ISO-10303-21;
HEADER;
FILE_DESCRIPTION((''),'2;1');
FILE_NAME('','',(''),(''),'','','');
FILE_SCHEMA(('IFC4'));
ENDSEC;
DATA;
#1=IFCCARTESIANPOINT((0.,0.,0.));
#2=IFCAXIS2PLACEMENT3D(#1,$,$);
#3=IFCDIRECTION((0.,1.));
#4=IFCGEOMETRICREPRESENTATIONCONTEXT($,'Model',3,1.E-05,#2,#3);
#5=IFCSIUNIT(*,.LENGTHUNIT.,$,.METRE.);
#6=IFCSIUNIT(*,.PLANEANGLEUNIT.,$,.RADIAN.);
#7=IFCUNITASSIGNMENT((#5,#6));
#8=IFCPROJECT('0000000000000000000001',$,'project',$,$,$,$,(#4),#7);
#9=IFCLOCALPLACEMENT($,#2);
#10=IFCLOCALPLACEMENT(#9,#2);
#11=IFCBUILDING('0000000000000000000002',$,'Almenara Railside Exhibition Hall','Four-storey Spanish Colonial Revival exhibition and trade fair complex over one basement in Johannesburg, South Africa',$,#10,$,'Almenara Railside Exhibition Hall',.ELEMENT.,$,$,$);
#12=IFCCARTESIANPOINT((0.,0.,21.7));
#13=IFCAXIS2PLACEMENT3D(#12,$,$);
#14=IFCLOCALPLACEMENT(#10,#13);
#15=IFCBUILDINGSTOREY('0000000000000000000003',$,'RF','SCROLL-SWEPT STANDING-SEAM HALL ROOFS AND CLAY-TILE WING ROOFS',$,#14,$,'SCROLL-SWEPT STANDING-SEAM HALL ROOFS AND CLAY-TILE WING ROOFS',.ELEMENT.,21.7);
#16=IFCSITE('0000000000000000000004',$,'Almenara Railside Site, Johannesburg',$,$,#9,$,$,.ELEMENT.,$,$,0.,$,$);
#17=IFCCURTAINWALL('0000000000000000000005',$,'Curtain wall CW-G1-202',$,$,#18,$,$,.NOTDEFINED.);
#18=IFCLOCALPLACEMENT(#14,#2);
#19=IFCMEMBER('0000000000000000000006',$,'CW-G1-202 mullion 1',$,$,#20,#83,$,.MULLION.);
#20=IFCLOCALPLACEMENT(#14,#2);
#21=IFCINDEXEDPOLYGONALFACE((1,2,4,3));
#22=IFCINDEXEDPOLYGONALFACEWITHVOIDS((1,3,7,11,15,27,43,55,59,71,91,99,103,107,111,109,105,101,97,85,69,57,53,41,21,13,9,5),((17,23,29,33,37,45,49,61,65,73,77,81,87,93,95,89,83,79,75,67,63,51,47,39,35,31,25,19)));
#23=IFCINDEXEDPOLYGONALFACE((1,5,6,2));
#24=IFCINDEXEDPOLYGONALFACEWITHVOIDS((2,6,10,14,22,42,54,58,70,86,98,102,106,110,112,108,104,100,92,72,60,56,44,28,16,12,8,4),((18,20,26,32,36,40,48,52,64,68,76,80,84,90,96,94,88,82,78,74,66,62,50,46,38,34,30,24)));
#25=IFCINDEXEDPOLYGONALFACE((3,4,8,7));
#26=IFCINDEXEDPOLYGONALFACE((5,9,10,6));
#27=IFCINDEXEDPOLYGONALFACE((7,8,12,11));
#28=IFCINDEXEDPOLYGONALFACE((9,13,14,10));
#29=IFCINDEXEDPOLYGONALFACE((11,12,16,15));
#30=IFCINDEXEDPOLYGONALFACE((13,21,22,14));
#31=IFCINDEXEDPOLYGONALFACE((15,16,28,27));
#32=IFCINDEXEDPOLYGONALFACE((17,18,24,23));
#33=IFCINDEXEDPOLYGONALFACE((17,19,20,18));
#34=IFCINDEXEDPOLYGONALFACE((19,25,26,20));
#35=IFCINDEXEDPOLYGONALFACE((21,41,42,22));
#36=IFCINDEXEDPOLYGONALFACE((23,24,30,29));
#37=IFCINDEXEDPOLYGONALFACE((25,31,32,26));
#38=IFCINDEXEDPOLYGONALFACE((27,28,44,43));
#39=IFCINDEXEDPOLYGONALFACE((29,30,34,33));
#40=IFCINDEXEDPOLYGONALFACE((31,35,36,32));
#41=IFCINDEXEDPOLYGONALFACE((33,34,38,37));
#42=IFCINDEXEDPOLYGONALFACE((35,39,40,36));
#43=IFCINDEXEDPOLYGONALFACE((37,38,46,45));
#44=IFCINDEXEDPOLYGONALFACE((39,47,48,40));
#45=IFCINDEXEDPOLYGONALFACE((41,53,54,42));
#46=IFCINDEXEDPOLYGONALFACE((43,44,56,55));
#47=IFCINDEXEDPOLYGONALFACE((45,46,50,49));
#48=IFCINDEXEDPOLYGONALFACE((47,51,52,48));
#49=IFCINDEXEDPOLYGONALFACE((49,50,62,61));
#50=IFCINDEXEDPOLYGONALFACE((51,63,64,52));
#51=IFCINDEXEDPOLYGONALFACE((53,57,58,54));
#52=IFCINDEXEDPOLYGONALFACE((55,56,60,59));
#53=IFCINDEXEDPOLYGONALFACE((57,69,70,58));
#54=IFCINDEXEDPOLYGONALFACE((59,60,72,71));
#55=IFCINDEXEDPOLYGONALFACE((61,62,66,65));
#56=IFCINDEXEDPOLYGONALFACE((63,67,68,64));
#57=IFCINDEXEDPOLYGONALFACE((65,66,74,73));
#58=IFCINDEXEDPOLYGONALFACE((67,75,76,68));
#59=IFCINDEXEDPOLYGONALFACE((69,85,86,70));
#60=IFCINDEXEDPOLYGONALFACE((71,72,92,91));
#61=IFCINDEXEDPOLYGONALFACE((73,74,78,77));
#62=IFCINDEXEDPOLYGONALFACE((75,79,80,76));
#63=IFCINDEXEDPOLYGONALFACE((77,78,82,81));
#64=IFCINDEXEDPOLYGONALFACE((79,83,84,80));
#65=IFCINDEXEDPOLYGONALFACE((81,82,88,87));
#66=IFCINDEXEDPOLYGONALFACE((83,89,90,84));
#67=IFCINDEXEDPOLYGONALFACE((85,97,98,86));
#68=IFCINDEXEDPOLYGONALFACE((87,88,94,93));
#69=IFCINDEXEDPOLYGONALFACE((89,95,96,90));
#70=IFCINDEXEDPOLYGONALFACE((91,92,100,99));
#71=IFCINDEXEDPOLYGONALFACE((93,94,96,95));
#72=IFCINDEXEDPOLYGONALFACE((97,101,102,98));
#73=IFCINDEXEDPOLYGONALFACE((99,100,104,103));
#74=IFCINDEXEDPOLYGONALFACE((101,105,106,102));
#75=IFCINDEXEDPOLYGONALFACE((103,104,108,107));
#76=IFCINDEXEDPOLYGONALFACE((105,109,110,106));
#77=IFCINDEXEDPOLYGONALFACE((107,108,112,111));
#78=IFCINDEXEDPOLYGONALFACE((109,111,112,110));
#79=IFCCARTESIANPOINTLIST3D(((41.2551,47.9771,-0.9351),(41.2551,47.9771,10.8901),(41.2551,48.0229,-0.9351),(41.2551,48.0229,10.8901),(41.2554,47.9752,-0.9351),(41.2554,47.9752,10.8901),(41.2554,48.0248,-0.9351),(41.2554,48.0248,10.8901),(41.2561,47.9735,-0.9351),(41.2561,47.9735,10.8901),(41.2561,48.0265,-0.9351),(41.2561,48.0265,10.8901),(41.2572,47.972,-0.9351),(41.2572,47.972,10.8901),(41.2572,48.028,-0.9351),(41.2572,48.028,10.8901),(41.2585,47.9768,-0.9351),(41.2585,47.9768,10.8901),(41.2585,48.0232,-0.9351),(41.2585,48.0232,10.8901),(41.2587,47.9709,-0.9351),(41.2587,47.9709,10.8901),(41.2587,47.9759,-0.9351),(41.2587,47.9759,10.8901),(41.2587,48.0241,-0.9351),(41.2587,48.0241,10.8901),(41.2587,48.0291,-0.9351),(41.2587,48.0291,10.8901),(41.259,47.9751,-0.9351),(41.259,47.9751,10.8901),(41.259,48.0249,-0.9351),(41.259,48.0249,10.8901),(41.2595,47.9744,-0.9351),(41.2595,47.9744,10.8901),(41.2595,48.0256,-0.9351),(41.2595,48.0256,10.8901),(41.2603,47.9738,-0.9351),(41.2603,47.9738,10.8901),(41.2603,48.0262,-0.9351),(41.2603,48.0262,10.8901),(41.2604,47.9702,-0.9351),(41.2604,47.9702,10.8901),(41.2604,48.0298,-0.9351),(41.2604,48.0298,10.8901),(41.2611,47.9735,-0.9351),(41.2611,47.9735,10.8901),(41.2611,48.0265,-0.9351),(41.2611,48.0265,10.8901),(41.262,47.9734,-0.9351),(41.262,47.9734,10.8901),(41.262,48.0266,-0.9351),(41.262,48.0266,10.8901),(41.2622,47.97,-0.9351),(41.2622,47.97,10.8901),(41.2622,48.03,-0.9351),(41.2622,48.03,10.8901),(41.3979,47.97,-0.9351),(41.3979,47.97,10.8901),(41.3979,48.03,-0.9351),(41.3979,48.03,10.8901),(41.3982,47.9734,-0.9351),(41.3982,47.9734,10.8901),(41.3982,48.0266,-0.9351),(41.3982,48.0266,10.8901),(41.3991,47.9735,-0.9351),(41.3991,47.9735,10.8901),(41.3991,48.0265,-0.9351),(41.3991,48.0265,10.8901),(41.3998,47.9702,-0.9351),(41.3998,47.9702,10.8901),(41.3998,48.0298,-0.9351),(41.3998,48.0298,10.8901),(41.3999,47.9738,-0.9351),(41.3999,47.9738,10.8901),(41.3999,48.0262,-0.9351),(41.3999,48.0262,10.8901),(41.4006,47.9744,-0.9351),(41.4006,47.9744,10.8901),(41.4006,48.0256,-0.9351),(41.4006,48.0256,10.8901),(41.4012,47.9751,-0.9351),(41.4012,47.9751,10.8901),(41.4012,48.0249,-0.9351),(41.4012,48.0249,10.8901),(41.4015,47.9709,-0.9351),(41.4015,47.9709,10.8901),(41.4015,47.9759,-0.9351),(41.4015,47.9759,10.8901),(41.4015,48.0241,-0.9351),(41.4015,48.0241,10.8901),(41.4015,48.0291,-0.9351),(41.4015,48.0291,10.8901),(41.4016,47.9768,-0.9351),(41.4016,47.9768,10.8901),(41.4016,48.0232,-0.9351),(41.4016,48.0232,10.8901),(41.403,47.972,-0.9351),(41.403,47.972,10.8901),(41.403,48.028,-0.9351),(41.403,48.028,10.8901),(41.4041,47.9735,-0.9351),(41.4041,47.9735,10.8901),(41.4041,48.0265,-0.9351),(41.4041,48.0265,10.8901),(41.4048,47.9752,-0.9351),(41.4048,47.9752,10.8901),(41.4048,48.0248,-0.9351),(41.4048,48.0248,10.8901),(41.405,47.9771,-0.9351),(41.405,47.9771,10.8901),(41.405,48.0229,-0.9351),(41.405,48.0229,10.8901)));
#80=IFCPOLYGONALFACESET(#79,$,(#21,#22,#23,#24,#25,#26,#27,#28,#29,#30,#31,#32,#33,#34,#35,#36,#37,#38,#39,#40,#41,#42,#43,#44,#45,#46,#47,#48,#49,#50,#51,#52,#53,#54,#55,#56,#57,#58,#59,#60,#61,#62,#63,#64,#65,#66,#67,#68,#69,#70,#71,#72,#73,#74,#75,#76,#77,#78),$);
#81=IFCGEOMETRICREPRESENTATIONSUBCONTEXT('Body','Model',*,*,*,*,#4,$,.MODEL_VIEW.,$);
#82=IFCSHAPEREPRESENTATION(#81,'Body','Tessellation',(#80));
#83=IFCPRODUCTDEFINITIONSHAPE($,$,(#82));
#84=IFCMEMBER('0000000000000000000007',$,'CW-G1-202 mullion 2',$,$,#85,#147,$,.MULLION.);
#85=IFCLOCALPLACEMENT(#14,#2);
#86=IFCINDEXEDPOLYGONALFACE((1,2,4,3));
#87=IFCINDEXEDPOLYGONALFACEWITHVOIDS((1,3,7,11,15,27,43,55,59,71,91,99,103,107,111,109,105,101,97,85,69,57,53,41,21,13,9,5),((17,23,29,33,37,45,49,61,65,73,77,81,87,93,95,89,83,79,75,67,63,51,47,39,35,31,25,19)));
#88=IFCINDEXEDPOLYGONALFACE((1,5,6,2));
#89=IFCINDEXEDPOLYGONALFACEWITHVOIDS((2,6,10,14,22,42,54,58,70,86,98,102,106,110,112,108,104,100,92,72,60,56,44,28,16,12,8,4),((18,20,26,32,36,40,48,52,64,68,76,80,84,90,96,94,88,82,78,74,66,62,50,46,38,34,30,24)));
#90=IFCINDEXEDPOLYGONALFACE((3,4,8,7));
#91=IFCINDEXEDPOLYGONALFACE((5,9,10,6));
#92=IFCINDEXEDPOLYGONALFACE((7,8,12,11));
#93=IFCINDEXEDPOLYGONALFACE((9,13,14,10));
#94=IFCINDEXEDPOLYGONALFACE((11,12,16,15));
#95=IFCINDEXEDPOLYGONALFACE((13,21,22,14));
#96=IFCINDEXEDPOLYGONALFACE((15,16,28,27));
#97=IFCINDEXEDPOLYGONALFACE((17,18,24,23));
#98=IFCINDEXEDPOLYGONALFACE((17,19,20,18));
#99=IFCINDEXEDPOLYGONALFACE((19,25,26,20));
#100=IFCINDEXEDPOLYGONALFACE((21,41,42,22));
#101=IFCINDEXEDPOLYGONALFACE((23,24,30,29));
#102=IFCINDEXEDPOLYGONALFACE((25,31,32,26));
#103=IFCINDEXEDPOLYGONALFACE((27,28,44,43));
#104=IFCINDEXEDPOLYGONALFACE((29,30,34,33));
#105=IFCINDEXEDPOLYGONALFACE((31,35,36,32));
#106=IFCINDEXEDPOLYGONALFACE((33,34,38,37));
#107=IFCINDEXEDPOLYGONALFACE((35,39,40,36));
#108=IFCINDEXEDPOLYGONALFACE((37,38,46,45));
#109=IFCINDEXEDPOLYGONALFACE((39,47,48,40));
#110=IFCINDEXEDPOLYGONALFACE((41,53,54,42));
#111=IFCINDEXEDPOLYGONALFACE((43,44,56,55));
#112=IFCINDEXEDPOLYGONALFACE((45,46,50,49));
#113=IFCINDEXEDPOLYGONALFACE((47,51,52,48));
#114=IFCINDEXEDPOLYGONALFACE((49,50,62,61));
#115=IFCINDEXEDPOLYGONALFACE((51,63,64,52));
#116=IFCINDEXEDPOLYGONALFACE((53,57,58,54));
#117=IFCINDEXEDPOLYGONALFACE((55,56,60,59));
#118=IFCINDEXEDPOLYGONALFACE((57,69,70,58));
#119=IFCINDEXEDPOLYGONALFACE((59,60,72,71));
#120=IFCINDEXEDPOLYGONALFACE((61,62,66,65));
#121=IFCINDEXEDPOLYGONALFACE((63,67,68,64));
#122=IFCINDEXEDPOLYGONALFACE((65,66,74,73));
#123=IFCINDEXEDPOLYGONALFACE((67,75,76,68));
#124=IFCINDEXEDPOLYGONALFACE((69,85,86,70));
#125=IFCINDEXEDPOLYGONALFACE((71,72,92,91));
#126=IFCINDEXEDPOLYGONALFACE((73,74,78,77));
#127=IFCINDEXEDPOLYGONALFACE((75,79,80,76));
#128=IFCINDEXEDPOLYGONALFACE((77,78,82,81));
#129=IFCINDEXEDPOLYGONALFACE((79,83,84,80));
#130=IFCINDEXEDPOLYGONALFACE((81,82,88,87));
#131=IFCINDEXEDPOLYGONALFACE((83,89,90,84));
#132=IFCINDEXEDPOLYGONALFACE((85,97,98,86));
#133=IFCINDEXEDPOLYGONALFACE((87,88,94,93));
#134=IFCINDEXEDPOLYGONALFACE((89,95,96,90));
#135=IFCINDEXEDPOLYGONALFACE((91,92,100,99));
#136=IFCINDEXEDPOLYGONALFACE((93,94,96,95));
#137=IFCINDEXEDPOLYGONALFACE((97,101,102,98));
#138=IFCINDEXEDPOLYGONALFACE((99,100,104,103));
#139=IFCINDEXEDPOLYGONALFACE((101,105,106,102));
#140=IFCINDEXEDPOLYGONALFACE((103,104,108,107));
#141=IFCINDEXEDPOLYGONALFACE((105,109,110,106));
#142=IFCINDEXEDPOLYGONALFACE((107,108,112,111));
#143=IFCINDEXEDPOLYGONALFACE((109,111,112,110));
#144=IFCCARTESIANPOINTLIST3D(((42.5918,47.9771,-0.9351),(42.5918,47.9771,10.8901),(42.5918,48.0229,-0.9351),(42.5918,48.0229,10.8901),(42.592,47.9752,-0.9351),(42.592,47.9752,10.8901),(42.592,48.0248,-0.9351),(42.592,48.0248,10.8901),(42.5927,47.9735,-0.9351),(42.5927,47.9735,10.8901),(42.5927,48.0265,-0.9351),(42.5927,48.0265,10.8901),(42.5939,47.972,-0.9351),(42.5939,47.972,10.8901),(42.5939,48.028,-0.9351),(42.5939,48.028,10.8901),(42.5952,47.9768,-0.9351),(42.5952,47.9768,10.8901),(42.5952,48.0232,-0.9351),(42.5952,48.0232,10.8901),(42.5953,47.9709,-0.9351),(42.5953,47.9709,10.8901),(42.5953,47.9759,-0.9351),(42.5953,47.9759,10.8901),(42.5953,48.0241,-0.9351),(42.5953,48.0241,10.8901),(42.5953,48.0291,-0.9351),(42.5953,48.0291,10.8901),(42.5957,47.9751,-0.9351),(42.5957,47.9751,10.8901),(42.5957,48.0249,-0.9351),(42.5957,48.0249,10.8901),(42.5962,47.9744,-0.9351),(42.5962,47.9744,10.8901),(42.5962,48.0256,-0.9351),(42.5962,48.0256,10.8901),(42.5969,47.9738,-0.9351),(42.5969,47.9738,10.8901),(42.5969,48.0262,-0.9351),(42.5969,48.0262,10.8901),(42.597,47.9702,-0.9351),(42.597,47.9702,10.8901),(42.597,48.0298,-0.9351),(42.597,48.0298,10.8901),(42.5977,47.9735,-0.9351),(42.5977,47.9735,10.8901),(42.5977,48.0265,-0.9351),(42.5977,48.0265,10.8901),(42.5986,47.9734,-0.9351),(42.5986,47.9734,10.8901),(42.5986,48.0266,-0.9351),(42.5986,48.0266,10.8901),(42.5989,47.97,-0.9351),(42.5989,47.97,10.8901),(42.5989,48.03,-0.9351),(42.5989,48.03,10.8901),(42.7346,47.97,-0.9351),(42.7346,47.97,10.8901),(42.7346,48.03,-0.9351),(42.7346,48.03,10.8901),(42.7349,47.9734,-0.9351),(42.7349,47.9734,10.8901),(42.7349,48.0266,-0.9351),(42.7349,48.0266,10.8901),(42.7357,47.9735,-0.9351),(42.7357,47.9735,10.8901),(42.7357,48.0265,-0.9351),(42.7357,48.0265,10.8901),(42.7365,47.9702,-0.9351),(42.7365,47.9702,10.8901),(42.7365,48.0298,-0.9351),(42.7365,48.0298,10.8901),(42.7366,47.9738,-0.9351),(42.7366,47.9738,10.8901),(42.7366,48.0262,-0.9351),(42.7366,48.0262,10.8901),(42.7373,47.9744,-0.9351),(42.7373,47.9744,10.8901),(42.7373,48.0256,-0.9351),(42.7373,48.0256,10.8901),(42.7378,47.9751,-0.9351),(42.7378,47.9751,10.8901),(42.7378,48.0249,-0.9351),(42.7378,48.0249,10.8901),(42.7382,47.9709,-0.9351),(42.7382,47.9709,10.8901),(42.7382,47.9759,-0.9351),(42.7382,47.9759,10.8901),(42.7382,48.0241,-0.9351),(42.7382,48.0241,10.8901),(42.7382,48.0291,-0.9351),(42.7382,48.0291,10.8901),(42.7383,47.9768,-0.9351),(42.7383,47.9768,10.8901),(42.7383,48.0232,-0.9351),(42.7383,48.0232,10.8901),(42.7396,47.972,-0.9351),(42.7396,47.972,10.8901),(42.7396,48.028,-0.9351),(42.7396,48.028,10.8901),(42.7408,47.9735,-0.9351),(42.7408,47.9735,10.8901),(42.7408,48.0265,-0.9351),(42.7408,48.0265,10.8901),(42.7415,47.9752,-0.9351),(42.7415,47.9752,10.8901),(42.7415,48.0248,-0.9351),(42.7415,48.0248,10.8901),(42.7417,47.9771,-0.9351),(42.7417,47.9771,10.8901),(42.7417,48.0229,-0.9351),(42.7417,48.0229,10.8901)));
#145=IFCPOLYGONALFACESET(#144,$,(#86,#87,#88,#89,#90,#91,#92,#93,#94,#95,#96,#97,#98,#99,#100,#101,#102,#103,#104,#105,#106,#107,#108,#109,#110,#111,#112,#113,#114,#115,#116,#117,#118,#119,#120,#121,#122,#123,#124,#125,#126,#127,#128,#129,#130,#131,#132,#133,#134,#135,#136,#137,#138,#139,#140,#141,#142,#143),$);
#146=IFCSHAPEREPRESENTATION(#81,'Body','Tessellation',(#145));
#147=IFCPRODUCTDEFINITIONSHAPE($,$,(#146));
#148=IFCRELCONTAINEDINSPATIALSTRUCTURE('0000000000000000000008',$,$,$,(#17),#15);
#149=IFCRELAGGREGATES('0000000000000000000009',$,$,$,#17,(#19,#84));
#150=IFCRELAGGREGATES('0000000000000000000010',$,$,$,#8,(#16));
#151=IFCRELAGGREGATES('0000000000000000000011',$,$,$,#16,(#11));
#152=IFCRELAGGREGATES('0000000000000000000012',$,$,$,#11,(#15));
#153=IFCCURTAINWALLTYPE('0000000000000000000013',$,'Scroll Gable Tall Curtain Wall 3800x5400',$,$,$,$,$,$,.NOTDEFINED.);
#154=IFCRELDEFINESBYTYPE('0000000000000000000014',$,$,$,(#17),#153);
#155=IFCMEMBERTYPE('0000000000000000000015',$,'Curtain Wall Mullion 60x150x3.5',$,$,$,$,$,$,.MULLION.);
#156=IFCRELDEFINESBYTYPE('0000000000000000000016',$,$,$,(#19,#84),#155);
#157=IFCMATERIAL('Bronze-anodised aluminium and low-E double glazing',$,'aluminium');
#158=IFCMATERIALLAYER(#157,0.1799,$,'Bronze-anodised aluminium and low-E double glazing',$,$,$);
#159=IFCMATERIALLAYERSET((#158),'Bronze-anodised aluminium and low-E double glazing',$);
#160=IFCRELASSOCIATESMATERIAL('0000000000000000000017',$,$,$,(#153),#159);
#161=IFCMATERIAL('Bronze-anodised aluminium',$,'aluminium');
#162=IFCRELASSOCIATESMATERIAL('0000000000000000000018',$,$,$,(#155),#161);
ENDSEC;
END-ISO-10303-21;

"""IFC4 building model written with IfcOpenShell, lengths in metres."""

from ifc_helpers import new_model, si_unit, direction, frame, origin, origin_2d, place, context, subcontext, project, spatial, hollow_rectangle, extrude, material, layer, layer_set, material_profile, profile_set, type_object, element, aggregate, save


model = new_model("IFC4")

# Units and contexts
model_context = context("Model", 3, precision=1e-05, world=origin(), true_north=direction((0.0, 1.0)))
body_context = subcontext(model_context, "Body", "Model", "MODEL_VIEW")
ifc_project = project(units=[si_unit("LENGTHUNIT", "METRE"), si_unit("PLANEANGLEUNIT", "RADIAN")], contexts=[model_context])

# Site, building, storey
site_placement = place(None, origin())
site = spatial("IfcSite", under=ifc_project, at=site_placement, Name="Almenara Railside Site, Johannesburg", CompositionType="ELEMENT", RefElevation=0.0)
building_placement = place(site_placement, origin())
building = spatial("IfcBuilding", under=site, at=building_placement, Name="Almenara Railside Exhibition Hall", Description="Four-storey Spanish Colonial Revival exhibition and trade fair complex over one basement in Johannesburg, South Africa", LongName="Almenara Railside Exhibition Hall", CompositionType="ELEMENT")
storey_placement = place(building_placement, frame((0.0, 0.0, 21.7)))
storey = spatial("IfcBuildingStorey", under=building, at=storey_placement, Name="RF", Description="SCROLL-SWEPT STANDING-SEAM HALL ROOFS AND CLAY-TILE WING ROOFS", LongName="SCROLL-SWEPT STANDING-SEAM HALL ROOFS AND CLAY-TILE WING ROOFS", CompositionType="ELEMENT", Elevation=21.7)

# Curtain wall, members
ifc_material_1 = material(Name="Bronze-anodised aluminium and low-E double glazing", Category="aluminium")
ifc_layer_1 = layer(ifc_material_1, 0.1799, Name="Bronze-anodised aluminium and low-E double glazing")
ifc_layer_set_1 = layer_set([ifc_layer_1], Name="Bronze-anodised aluminium and low-E double glazing")
curtain_wall_type = type_object("IfcCurtainWallType", Name="Scroll Gable Tall Curtain Wall 3800x5400", PredefinedType="NOTDEFINED", material=ifc_layer_set_1)
ifc_material_2 = material(Name="Bronze-anodised aluminium", Category="aluminium")
curtain_wall_1_placement = place(storey_placement, origin())
curtain_wall_1 = element("IfcCurtainWall", 1, at=curtain_wall_1_placement, inside=storey, type_object=curtain_wall_type, Name="Curtain wall CW-G1-202", PredefinedType="NOTDEFINED")
ifc_material_profile_1 = material_profile(ifc_material_2, hollow_rectangle(XDim=0.0601, YDim=0.1499, WallThickness=0.0034, InnerFilletRadius=0.0034, OuterFilletRadius=0.0071, at=origin_2d()), Name="ALU-MUL 60x150x3.5")
ifc_profile_set_1 = profile_set([ifc_material_profile_1], Name="Bronze-anodised aluminium")
member_type_1 = type_object("IfcMemberType", Name="Curtain Wall Mullion 60x150x3.5", PredefinedType="MULLION", material=ifc_profile_set_1)
member_1_placement = place(storey_placement, frame((41.3301, 48.0, -0.9351), z_axis=(0.0, 0.0, 1.0), x_axis=(0.0, 1.0, 0.0)))
member_1 = element("IfcMember", 2, at=member_1_placement, type_object=member_type_1, Name="CW-G1-202 mullion 1", PredefinedType="MULLION", context=body_context, shape_type="SweptSolid", body=[
    extrude(hollow_rectangle(XDim=0.0601, YDim=0.1499, WallThickness=0.0034, InnerFilletRadius=0.0034, OuterFilletRadius=0.0071, at=origin_2d()), origin(), (0.0, 0.0, 1.0), 11.8252),
])
member_2_placement = place(storey_placement, frame((42.6667, 48.0, -0.9351), z_axis=(0.0, 0.0, 1.0), x_axis=(0.0, 1.0, 0.0)))
member_2 = element("IfcMember", 3, at=member_2_placement, type_object=member_type_1, Name="CW-G1-202 mullion 2", PredefinedType="MULLION", context=body_context, shape_type="SweptSolid", body=[
    extrude(hollow_rectangle(XDim=0.0601, YDim=0.1499, WallThickness=0.0034, InnerFilletRadius=0.0034, OuterFilletRadius=0.0071, at=origin_2d()), origin(), (0.0, 0.0, 1.0), 11.8252),
])

aggregate(curtain_wall_1, [member_1, member_2])

save(model, "model.ifc")
